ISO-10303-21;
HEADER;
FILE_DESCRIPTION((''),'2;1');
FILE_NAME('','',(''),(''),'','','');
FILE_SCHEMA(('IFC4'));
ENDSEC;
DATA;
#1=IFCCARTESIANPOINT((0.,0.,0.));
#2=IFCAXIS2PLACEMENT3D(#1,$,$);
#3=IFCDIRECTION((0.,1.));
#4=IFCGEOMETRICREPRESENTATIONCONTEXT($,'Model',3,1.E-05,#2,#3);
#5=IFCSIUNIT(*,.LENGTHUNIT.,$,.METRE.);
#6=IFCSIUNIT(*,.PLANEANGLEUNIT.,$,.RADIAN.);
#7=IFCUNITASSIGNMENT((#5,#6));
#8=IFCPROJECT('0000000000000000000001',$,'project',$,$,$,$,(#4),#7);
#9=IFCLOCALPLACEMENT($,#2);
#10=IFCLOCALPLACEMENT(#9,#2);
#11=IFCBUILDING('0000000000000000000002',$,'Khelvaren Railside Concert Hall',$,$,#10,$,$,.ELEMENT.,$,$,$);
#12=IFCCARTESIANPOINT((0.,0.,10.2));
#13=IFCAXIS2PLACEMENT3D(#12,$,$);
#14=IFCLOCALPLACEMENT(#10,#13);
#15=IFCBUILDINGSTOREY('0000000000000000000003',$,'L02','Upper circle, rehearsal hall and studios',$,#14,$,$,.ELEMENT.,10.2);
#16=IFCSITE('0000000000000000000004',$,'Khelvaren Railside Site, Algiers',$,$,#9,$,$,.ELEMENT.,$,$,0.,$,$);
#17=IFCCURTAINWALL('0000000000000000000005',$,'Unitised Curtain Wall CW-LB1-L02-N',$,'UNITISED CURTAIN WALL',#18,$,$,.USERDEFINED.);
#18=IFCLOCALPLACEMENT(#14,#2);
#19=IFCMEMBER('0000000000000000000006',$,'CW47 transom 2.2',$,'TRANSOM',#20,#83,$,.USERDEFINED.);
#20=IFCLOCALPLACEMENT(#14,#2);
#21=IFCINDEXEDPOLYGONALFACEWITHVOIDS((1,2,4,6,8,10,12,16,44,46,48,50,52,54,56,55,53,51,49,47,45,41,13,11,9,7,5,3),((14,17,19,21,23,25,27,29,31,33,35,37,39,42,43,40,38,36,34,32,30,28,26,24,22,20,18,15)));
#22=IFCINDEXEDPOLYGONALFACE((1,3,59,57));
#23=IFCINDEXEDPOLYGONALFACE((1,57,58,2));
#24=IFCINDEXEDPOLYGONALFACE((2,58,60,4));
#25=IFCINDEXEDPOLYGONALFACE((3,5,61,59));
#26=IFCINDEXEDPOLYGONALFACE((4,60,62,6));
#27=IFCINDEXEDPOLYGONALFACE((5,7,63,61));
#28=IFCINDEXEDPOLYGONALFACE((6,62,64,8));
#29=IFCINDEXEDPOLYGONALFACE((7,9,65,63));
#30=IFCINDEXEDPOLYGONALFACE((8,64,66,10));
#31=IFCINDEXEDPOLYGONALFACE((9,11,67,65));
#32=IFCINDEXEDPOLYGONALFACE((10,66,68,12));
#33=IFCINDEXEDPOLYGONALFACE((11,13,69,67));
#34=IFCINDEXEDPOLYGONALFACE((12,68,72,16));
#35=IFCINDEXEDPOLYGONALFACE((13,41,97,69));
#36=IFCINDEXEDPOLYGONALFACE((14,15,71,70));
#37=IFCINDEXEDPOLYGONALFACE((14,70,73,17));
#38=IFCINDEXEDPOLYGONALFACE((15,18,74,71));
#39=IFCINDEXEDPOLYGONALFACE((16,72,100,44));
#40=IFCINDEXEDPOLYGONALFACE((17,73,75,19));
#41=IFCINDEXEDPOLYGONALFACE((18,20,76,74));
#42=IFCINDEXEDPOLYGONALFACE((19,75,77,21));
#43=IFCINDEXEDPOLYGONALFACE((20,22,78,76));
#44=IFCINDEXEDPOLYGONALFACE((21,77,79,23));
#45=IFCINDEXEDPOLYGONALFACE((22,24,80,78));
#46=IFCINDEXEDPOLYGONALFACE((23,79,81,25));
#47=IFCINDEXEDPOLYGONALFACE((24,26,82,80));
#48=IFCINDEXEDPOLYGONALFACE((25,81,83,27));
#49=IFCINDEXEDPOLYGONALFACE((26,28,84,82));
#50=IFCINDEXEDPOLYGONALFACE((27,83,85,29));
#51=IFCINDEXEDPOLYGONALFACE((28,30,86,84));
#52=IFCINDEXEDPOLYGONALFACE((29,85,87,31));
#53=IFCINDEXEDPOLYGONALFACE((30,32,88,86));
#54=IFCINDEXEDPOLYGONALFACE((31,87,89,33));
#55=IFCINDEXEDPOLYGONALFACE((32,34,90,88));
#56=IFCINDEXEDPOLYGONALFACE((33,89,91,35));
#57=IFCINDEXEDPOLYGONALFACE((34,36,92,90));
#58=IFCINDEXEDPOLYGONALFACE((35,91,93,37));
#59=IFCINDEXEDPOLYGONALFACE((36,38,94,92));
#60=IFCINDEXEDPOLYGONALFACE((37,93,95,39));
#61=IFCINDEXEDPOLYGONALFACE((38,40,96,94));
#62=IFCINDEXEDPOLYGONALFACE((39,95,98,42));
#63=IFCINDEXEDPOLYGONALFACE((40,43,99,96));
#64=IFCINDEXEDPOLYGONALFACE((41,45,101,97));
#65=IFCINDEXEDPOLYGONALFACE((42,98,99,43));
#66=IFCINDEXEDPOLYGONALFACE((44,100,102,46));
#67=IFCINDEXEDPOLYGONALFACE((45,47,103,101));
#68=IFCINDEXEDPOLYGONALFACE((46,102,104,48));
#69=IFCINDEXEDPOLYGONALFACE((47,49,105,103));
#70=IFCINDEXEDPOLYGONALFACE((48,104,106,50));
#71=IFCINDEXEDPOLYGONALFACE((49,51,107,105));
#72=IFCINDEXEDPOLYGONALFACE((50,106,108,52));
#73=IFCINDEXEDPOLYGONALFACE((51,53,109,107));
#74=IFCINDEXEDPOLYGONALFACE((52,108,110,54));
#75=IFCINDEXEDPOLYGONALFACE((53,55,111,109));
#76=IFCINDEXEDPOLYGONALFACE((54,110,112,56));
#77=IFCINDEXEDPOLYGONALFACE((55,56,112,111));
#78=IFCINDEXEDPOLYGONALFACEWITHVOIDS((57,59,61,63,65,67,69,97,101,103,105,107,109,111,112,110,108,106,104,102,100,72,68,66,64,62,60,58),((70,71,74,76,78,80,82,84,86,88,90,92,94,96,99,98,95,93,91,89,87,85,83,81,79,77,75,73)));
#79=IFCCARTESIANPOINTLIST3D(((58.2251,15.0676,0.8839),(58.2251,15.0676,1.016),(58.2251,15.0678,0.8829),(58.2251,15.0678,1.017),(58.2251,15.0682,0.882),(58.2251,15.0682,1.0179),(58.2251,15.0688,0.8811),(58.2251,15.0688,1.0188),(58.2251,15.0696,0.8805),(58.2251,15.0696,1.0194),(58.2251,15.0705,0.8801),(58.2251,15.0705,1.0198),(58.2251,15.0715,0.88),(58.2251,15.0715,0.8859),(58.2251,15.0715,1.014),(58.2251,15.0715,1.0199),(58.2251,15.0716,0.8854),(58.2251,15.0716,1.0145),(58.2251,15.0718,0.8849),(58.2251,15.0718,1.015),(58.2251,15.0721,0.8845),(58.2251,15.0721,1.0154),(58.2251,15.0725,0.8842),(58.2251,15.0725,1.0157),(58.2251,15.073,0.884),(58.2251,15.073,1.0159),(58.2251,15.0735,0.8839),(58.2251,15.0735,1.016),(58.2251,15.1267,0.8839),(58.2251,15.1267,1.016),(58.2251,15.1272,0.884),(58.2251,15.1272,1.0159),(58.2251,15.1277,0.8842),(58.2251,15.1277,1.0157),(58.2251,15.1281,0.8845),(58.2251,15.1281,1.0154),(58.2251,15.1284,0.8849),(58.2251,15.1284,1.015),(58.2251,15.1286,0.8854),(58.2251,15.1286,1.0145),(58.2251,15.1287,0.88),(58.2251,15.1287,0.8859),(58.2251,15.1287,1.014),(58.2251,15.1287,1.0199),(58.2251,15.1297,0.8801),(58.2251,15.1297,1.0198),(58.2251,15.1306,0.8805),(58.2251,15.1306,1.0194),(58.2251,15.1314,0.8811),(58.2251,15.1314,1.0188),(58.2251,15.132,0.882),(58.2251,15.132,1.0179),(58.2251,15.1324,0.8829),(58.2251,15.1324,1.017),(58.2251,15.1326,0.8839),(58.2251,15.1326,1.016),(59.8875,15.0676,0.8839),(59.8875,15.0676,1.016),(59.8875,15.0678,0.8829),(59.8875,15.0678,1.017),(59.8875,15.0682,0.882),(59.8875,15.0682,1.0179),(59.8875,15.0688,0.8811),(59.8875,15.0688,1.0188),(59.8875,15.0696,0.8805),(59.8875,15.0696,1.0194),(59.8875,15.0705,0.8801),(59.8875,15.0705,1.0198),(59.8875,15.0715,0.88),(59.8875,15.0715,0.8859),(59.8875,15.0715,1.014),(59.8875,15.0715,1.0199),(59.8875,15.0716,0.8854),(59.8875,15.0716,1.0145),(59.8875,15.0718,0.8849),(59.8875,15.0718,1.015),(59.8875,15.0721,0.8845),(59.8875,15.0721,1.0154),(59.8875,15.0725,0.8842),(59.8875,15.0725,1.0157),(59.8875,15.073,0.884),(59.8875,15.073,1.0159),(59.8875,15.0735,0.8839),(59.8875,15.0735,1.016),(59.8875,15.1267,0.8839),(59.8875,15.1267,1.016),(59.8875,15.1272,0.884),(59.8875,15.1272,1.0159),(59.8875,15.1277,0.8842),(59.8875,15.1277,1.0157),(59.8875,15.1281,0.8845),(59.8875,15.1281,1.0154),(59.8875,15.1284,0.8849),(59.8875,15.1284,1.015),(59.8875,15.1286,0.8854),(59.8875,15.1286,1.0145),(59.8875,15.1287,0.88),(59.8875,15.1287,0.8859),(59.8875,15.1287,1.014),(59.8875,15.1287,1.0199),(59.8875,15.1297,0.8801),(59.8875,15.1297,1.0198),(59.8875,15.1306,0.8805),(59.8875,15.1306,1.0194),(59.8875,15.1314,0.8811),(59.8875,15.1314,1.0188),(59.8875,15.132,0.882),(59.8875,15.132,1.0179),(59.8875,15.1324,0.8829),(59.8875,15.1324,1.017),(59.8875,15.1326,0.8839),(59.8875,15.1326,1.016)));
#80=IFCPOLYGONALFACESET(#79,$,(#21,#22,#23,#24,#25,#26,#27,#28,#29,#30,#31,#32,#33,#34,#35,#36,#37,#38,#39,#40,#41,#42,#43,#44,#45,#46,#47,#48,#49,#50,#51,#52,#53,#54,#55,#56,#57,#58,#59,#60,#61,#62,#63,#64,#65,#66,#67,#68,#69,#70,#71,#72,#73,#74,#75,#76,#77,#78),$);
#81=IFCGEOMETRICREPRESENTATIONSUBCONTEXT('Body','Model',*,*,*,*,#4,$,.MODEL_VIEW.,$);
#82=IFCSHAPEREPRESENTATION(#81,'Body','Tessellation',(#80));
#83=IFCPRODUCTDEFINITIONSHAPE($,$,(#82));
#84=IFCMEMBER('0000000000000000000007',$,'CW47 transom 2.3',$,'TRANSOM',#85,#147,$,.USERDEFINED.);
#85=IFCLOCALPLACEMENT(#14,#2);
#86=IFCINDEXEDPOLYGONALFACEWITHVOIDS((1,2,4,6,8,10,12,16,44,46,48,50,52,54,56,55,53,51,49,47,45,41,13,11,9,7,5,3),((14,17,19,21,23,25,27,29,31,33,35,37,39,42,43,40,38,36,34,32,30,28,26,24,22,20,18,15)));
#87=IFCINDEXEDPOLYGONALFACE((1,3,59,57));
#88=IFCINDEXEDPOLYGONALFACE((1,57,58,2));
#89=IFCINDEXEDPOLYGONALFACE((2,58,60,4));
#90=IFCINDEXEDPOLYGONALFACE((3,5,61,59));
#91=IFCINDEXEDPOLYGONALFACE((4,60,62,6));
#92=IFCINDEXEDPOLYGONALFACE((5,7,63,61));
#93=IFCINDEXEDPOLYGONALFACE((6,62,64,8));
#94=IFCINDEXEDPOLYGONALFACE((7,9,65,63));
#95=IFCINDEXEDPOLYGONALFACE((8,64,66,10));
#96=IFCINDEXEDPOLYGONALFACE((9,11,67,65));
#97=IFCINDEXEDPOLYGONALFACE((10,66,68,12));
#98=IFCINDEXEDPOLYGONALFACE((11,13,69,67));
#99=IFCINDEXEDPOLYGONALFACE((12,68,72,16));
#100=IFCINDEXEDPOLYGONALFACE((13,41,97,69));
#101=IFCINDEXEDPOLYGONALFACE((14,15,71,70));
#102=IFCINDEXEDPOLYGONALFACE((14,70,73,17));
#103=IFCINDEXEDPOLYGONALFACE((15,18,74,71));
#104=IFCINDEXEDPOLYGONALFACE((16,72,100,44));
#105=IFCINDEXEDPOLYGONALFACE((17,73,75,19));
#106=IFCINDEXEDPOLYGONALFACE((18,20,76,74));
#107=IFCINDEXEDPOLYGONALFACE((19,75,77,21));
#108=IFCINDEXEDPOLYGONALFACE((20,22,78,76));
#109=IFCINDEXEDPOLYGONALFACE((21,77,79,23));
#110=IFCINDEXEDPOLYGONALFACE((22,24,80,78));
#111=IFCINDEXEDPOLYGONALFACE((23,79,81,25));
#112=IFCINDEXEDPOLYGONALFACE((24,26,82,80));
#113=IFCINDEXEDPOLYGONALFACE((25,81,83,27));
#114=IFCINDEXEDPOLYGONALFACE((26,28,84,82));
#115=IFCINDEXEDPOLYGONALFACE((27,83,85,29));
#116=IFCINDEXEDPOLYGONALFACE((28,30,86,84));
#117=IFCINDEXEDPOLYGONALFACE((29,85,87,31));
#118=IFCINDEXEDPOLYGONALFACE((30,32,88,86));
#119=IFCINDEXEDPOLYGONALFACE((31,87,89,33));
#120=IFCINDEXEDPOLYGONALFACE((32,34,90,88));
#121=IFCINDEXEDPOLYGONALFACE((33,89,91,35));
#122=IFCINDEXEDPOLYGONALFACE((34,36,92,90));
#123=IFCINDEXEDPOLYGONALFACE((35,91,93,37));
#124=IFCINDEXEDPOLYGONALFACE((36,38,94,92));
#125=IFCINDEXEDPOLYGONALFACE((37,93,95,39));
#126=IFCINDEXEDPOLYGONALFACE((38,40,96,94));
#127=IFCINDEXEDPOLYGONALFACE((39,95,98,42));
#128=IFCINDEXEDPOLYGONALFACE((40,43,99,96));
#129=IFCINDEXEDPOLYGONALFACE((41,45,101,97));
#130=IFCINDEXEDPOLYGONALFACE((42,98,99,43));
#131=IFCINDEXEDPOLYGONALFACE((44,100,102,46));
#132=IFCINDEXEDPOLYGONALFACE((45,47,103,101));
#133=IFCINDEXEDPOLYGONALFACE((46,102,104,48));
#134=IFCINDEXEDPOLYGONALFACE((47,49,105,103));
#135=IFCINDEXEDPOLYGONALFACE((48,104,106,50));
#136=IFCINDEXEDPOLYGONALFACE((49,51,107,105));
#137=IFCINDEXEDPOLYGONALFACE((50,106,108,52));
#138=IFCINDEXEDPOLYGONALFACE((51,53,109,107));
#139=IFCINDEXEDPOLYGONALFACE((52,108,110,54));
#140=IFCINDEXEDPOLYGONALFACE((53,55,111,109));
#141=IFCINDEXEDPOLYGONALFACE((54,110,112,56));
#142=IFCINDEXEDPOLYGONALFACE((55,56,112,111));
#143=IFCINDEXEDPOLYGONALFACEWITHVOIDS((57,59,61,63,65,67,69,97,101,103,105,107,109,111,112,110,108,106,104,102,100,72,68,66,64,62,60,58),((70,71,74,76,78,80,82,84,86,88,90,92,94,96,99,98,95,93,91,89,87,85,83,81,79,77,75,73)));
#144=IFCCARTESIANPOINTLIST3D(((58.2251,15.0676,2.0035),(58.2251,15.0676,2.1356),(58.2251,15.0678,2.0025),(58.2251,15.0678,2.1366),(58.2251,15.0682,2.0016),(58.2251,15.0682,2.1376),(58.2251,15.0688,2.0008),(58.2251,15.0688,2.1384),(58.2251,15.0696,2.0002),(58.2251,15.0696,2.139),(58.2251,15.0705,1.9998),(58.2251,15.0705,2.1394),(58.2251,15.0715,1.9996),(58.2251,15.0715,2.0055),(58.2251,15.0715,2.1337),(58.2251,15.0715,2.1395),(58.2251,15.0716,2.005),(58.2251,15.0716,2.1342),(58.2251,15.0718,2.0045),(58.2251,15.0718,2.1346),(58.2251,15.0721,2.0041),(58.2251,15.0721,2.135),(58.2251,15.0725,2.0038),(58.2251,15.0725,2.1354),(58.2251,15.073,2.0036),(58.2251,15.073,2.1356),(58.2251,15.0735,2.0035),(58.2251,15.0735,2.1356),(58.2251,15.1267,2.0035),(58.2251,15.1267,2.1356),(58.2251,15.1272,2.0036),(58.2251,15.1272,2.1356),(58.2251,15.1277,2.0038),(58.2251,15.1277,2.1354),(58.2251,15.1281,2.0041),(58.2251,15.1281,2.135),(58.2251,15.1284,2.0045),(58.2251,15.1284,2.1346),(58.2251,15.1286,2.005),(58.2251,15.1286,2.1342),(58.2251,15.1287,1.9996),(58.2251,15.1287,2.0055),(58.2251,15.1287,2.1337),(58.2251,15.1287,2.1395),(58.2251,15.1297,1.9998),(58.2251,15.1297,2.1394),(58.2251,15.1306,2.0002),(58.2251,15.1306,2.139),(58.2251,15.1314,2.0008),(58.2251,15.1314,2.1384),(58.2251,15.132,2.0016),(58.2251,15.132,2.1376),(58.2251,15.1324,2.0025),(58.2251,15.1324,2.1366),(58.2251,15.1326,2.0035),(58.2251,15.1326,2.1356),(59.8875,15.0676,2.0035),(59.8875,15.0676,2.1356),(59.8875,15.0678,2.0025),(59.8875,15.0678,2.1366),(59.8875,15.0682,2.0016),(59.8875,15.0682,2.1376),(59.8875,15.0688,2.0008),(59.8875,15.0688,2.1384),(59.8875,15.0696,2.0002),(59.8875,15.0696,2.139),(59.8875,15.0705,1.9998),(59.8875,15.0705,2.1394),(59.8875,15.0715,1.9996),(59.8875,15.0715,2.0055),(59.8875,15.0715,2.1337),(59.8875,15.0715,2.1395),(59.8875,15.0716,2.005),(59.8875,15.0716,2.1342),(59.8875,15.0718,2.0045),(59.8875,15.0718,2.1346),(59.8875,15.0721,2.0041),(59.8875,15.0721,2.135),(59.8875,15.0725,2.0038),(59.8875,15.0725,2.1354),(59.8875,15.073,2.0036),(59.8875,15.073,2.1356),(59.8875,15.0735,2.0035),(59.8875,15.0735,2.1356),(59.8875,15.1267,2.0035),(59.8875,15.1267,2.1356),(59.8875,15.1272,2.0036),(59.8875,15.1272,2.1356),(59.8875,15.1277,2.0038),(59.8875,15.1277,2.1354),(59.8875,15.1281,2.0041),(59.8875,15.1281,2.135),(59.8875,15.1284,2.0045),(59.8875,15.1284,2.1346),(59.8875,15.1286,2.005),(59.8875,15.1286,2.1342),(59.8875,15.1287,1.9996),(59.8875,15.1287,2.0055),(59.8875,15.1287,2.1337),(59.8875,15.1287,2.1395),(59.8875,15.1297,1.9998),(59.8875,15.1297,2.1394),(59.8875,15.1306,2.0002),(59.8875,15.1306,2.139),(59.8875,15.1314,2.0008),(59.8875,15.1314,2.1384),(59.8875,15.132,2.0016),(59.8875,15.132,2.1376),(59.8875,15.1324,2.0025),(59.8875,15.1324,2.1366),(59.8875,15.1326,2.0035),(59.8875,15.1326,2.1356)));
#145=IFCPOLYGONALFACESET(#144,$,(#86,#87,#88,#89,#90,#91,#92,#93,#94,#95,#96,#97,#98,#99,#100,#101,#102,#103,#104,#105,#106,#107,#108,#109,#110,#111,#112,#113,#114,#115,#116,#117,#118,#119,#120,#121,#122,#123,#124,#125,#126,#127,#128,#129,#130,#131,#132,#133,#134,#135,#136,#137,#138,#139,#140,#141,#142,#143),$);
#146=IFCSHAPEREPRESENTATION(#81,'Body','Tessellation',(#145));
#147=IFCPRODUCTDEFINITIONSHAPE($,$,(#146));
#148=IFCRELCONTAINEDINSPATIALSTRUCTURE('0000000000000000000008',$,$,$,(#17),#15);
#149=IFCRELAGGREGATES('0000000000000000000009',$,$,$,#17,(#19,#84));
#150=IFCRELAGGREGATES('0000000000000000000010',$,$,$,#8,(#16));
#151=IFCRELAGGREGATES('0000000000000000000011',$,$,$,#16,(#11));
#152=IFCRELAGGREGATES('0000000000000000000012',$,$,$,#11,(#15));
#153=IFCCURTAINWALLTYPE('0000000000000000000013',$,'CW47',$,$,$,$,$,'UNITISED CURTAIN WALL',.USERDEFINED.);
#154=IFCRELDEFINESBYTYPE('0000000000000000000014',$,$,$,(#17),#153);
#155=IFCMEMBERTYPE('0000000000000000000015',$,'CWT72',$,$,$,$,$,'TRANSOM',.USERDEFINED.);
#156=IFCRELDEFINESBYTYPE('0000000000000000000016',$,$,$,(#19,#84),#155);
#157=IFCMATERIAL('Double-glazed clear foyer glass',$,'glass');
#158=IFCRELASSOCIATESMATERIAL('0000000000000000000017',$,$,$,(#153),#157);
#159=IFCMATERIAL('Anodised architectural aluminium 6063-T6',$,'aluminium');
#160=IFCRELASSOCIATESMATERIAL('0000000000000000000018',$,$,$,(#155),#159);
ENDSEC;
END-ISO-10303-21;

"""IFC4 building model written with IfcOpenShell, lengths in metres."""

from ifc_helpers import new_model, si_unit, direction, frame, origin, origin_2d, place, context, subcontext, project, spatial, hollow_rectangle, extrude, material, material_profile, profile_set, type_object, element, aggregate, save


model = new_model("IFC4")

# Units and contexts
model_context = context("Model", 3, precision=1e-05, world=origin(), true_north=direction((0.0, 1.0)))
body_context = subcontext(model_context, "Body", "Model", "MODEL_VIEW")
ifc_project = project(units=[si_unit("LENGTHUNIT", "METRE"), si_unit("PLANEANGLEUNIT", "RADIAN")], contexts=[model_context])

# Site, building, storey
site_placement = place(None, origin())
site = spatial("IfcSite", under=ifc_project, at=site_placement, Name="Khelvaren Railside Site, Algiers", CompositionType="ELEMENT", RefElevation=0.0)
building_placement = place(site_placement, origin())
building = spatial("IfcBuilding", under=site, at=building_placement, Name="Khelvaren Railside Concert Hall", CompositionType="ELEMENT")
storey_placement = place(building_placement, frame((0.0, 0.0, 10.2)))
storey = spatial("IfcBuildingStorey", under=building, at=storey_placement, Name="L02", Description="Upper circle, rehearsal hall and studios", CompositionType="ELEMENT", Elevation=10.2)

# Shared definitions
ifc_material_1 = material(Name="Double-glazed clear foyer glass", Category="glass")
ifc_material_2 = material(Name="Anodised architectural aluminium 6063-T6", Category="aluminium")

# Curtain wall
curtain_wall_type_1 = type_object("IfcCurtainWallType", Name="CW47", ElementType="UNITISED CURTAIN WALL", PredefinedType="USERDEFINED", material=ifc_material_1)
curtain_wall_1_placement = place(storey_placement, origin())
curtain_wall_1 = element("IfcCurtainWall", 1, at=curtain_wall_1_placement, inside=storey, type_object=curtain_wall_type_1, Name="Unitised Curtain Wall CW-LB1-L02-N", ObjectType="UNITISED CURTAIN WALL", PredefinedType="USERDEFINED")

# Members
ifc_material_profile_1 = material_profile(ifc_material_2, hollow_rectangle(XDim=0.0649, YDim=0.1399, WallThickness=0.0039, InnerFilletRadius=0.002, OuterFilletRadius=0.0039, at=origin_2d()), Name="CWT 65x140x4")
ifc_profile_set_1 = profile_set([ifc_material_profile_1], Name="Anodised architectural aluminium 6063-T6")
member_type_1 = type_object("IfcMemberType", Name="CWT72", ElementType="TRANSOM", PredefinedType="USERDEFINED", material=ifc_profile_set_1)
member_1_placement = place(storey_placement, frame((58.2251, 15.1001, 0.95), z_axis=(1.0, 0.0, 0.0), x_axis=(0.0, 1.0, 0.0)))
member_1 = element("IfcMember", 2, at=member_1_placement, type_object=member_type_1, Name="CW47 transom 2.2", ObjectType="TRANSOM", PredefinedType="USERDEFINED", context=body_context, shape_type="SweptSolid", body=[
    extrude(hollow_rectangle(XDim=0.0649, YDim=0.1399, WallThickness=0.0039, InnerFilletRadius=0.002, OuterFilletRadius=0.0039, at=origin_2d()), origin(), (0.0, 0.0, 1.0), 1.6624),
])
member_2_placement = place(storey_placement, frame((58.2251, 15.1001, 2.0696), z_axis=(1.0, 0.0, 0.0), x_axis=(0.0, 1.0, 0.0)))
member_2 = element("IfcMember", 3, at=member_2_placement, type_object=member_type_1, Name="CW47 transom 2.3", ObjectType="TRANSOM", PredefinedType="USERDEFINED", context=body_context, shape_type="SweptSolid", body=[
    extrude(hollow_rectangle(XDim=0.0649, YDim=0.1399, WallThickness=0.0039, InnerFilletRadius=0.002, OuterFilletRadius=0.0039, at=origin_2d()), origin(), (0.0, 0.0, 1.0), 1.6624),
])

aggregate(curtain_wall_1, [member_1, member_2])

save(model, "model.ifc")
